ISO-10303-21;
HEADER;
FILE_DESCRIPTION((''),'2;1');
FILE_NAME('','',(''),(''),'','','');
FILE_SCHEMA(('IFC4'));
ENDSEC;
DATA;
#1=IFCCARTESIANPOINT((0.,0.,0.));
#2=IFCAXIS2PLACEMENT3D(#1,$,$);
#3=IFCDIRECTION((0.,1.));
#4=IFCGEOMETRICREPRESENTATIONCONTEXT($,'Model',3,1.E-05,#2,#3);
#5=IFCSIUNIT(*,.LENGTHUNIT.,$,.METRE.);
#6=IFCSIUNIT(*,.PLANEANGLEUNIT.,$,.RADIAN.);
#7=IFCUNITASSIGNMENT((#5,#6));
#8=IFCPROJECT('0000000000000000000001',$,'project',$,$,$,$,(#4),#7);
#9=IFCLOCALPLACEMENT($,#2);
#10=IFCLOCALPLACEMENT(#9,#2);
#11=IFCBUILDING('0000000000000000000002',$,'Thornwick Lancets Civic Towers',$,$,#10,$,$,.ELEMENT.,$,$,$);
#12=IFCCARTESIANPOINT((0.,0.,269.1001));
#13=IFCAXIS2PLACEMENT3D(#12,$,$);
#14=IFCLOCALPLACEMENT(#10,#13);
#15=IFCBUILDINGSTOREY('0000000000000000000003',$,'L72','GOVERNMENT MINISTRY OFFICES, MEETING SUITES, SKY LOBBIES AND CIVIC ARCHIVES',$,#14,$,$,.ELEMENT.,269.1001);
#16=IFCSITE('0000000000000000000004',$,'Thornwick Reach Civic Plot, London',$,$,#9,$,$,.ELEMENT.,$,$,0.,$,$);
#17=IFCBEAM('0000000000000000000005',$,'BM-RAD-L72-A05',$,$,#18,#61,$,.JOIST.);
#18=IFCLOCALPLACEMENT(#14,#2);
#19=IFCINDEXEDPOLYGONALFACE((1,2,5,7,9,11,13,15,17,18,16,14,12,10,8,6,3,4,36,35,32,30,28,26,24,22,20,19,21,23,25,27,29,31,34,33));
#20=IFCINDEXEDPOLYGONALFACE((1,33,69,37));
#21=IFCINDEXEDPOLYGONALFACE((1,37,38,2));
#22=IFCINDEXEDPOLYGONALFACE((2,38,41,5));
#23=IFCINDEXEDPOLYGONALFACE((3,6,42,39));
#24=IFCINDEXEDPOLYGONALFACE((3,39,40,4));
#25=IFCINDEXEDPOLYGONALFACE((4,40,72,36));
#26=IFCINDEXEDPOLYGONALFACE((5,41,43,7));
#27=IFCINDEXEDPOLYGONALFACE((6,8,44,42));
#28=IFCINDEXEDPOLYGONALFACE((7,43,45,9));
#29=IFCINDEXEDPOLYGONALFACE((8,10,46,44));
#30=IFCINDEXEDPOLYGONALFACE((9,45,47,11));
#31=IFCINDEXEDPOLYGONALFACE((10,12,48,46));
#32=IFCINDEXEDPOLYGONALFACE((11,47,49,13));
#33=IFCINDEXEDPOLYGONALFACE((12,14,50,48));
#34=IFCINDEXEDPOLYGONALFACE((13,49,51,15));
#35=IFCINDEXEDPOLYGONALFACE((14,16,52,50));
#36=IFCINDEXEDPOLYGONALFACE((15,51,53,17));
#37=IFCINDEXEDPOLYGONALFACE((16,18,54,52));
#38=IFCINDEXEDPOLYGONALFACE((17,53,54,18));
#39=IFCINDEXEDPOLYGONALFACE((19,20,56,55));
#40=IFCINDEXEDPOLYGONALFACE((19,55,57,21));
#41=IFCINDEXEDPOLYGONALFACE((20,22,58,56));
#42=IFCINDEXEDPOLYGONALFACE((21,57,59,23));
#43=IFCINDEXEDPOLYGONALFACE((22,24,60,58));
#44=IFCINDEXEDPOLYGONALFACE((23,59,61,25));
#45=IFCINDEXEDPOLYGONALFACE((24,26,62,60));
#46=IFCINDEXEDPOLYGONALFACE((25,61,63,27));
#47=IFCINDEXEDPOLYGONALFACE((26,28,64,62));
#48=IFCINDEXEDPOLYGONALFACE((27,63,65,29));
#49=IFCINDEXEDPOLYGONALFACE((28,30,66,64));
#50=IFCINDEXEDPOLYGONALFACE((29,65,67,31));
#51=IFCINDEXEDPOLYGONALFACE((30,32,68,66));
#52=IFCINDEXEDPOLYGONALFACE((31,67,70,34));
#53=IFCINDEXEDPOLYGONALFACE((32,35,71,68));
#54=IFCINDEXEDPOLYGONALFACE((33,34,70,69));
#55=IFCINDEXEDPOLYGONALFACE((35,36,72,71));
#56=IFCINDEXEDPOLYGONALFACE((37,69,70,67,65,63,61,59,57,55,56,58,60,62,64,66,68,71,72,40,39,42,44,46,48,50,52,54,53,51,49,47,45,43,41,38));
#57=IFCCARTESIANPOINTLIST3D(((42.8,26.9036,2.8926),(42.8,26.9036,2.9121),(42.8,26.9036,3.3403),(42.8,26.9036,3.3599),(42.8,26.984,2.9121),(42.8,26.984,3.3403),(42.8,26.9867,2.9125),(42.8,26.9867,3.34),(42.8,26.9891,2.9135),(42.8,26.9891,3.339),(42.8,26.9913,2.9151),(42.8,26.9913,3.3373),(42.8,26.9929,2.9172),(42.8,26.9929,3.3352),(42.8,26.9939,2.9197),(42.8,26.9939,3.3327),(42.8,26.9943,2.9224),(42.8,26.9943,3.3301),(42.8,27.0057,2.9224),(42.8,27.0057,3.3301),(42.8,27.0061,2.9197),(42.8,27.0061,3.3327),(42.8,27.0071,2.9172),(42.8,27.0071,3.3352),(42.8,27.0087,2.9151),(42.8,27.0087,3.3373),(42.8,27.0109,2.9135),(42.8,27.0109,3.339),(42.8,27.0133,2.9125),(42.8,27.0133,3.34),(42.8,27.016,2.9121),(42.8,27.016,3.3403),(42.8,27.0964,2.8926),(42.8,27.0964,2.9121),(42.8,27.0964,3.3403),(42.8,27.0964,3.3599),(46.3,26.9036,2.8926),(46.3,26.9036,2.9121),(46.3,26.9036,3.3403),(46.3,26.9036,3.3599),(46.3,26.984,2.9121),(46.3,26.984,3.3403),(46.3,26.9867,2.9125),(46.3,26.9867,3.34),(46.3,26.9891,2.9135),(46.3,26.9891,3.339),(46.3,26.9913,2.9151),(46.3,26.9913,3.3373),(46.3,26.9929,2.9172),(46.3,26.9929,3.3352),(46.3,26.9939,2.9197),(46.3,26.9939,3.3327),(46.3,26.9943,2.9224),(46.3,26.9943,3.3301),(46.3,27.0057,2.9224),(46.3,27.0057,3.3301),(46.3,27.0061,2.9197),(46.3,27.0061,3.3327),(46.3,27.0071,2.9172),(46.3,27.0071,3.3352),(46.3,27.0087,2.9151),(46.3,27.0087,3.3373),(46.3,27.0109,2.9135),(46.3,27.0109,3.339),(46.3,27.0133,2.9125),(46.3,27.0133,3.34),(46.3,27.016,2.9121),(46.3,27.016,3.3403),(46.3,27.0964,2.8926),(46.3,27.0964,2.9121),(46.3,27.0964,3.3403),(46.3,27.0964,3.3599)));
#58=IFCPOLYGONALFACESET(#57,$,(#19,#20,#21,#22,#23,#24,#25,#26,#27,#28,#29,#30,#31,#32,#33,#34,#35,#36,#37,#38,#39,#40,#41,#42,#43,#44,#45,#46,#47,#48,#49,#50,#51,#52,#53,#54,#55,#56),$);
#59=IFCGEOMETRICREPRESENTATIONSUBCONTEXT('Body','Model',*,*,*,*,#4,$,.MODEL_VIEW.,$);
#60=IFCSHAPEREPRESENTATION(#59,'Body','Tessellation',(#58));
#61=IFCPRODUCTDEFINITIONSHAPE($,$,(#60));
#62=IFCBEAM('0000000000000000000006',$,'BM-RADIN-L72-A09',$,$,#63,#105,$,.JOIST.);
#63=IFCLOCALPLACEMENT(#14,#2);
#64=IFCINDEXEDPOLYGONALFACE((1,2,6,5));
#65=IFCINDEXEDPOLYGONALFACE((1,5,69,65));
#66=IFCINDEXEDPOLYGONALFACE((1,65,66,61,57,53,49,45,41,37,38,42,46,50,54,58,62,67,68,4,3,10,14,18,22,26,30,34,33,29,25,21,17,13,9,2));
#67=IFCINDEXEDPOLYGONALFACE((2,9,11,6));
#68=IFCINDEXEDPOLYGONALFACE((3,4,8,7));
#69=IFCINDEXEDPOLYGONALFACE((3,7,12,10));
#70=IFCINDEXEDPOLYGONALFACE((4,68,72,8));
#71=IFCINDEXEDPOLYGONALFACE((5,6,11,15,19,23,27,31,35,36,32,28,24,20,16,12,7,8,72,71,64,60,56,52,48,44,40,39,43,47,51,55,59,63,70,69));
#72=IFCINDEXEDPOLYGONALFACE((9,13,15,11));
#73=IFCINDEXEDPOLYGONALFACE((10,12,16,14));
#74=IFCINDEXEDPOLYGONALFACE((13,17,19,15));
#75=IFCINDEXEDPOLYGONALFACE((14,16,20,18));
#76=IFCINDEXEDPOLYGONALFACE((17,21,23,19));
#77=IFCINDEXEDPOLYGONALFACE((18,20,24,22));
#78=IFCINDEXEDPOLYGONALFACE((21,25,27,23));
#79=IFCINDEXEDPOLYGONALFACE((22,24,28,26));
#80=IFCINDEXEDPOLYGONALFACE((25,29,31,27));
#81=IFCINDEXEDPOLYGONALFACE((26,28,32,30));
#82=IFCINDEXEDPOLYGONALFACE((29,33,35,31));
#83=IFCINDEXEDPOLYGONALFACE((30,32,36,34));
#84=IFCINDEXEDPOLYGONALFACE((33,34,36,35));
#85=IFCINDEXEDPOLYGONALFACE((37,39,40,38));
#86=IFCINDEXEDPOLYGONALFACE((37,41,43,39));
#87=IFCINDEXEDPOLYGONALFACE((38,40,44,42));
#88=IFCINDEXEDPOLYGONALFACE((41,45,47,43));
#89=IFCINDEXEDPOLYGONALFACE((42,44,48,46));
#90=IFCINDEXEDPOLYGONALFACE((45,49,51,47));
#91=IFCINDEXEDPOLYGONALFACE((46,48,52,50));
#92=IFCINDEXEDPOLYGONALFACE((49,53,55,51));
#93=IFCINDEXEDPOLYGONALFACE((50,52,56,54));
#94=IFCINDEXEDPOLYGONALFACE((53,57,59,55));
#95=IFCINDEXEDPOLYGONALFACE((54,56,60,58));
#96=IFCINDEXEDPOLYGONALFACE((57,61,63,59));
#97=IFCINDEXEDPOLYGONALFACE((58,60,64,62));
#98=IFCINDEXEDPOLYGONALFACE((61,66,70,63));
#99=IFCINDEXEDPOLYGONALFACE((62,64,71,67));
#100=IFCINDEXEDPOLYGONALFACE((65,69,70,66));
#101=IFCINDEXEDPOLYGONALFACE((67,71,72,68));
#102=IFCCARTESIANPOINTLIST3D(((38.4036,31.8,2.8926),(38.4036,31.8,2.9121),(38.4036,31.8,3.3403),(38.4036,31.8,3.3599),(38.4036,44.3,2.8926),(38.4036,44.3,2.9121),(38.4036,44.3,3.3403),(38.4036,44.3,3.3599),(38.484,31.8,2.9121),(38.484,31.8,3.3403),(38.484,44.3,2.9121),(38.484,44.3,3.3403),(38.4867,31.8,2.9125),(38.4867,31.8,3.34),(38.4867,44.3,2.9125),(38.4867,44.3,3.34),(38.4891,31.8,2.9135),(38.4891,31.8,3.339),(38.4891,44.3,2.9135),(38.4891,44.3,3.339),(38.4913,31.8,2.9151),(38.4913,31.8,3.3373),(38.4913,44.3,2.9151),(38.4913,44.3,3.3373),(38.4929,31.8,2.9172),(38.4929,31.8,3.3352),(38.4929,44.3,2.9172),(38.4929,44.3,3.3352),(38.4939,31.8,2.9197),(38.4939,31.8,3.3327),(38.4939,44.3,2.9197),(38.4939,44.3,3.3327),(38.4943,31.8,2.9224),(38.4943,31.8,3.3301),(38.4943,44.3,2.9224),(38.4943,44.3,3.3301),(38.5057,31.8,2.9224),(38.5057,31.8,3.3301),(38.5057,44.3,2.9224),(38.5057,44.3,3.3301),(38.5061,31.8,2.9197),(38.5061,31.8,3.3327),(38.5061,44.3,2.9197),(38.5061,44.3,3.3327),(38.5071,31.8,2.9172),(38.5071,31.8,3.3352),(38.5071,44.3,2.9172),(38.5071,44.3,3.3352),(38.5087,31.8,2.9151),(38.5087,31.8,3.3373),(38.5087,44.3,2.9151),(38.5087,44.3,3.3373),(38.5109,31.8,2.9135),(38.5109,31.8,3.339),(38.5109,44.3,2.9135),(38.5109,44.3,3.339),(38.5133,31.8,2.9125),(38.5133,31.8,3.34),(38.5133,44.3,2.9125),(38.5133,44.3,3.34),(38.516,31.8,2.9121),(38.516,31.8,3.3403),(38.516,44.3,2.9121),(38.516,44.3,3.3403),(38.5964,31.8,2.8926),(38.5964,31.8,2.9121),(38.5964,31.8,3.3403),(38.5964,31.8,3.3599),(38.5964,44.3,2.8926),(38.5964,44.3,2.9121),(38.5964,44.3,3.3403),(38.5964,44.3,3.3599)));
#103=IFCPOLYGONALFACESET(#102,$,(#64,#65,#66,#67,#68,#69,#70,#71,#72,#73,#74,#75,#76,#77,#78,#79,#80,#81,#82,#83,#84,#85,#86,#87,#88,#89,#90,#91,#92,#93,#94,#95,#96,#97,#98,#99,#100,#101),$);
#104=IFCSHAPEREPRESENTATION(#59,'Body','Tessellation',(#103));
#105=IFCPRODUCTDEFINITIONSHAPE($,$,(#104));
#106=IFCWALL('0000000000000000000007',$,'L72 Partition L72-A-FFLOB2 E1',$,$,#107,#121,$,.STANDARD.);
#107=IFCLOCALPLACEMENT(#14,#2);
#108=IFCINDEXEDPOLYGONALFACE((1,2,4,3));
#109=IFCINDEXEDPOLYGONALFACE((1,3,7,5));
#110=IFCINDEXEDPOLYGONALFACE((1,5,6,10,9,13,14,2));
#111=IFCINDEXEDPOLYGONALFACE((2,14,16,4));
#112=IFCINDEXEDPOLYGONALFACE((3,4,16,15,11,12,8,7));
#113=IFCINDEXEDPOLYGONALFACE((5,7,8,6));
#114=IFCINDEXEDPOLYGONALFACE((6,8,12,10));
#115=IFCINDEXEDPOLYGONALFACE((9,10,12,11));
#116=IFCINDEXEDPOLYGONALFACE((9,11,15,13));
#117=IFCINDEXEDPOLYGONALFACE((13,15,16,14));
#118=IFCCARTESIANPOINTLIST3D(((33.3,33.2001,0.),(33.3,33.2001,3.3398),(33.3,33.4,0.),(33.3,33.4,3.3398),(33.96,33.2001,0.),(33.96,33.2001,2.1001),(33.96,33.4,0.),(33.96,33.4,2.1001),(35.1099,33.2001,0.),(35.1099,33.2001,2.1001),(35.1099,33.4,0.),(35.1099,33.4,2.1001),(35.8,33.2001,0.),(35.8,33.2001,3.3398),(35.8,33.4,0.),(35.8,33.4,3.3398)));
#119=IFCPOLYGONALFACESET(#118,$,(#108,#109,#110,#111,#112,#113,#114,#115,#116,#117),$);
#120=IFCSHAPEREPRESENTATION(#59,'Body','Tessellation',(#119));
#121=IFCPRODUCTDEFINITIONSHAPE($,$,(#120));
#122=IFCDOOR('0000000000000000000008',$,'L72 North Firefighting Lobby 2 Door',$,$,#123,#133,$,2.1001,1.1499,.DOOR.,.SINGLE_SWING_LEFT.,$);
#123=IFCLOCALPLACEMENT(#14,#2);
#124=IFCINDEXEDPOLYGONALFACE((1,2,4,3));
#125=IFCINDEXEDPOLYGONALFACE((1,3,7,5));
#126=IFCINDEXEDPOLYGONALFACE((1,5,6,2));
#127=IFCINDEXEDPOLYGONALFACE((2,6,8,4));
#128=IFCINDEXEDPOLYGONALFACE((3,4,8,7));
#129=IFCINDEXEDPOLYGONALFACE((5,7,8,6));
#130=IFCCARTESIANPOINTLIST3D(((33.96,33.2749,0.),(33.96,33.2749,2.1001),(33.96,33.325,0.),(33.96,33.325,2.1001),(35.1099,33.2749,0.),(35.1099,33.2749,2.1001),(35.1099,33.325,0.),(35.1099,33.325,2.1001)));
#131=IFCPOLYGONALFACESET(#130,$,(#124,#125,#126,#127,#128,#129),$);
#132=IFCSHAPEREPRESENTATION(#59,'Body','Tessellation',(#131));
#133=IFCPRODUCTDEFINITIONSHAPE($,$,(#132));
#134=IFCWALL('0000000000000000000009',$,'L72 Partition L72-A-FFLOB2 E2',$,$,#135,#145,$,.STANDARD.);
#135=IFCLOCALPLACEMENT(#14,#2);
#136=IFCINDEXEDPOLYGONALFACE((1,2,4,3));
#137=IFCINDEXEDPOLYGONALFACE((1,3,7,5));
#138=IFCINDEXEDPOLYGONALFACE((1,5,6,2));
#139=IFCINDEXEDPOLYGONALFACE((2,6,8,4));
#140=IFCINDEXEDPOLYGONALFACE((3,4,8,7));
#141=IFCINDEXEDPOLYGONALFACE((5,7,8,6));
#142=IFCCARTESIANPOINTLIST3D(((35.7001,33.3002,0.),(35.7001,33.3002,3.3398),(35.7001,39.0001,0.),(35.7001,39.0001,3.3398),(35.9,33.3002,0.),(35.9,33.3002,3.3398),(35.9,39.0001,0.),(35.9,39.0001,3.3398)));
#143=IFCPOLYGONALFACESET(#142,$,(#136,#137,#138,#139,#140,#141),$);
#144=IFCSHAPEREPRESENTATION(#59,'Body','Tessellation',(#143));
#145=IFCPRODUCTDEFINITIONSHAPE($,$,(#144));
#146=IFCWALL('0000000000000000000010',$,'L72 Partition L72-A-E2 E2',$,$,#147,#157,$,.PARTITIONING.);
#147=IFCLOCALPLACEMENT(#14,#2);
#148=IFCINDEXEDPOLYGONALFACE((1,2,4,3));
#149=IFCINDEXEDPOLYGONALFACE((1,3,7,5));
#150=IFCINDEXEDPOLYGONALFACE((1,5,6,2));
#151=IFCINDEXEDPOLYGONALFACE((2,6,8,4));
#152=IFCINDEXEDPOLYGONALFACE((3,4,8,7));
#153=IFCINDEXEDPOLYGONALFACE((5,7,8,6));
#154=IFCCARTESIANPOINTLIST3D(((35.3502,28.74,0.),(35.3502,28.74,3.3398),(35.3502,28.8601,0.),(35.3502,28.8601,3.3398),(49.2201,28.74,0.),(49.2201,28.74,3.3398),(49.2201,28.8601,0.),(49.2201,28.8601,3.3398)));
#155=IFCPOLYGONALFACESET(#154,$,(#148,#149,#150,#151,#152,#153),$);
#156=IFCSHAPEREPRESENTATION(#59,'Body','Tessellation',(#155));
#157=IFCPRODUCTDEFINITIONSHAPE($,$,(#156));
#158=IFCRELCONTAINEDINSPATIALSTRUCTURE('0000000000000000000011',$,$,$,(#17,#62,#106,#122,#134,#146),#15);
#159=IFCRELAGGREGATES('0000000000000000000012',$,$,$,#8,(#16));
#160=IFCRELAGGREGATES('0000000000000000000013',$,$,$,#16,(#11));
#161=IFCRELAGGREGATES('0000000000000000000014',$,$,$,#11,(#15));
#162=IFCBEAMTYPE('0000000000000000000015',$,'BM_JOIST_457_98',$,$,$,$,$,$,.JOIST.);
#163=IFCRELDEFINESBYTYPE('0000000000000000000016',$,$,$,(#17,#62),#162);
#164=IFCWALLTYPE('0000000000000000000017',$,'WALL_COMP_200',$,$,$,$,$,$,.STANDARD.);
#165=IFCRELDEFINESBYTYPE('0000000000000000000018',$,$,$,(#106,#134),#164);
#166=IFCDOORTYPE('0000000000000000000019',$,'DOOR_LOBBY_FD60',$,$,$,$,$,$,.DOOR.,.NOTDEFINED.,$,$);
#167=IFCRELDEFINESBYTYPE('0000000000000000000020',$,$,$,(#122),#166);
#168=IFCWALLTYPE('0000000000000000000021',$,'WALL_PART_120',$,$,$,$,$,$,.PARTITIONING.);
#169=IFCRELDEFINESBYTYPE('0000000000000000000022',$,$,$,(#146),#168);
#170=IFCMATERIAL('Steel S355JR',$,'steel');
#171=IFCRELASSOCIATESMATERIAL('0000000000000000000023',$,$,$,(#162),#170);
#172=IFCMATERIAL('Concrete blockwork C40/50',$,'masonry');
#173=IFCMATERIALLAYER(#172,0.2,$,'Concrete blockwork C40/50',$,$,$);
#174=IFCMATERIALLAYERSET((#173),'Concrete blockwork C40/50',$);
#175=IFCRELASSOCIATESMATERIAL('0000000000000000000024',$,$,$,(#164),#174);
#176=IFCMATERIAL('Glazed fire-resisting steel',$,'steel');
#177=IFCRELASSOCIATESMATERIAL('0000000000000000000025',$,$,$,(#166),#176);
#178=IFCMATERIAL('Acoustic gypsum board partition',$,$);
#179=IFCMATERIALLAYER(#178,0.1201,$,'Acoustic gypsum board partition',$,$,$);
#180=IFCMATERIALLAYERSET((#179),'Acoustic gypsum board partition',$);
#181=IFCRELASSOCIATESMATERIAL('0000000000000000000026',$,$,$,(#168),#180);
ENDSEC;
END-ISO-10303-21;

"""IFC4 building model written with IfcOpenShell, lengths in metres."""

from ifc_helpers import new_model, si_unit, direction, frame, frame_2d, origin, origin_2d, place, context, subcontext, project, spatial, rectangle, i_section, extrude, material, layer, layer_set, material_profile, profile_set, type_object, element, fill, save


model = new_model("IFC4")

# Units and contexts
model_context = context("Model", 3, precision=1e-05, world=origin(), true_north=direction((0.0, 1.0)))
body_context = subcontext(model_context, "Body", "Model", "MODEL_VIEW")
ifc_project = project(units=[si_unit("LENGTHUNIT", "METRE"), si_unit("PLANEANGLEUNIT", "RADIAN")], contexts=[model_context])

# Site, building, storey
site_placement = place(None, origin())
site = spatial("IfcSite", under=ifc_project, at=site_placement, Name="Thornwick Reach Civic Plot, London", CompositionType="ELEMENT", RefElevation=0.0)
building_placement = place(site_placement, origin())
building = spatial("IfcBuilding", under=site, at=building_placement, Name="Thornwick Lancets Civic Towers", CompositionType="ELEMENT")
storey_placement = place(building_placement, frame((0.0, 0.0, 269.1001)))
storey = spatial("IfcBuildingStorey", under=building, at=storey_placement, Name="L72", Description="GOVERNMENT MINISTRY OFFICES, MEETING SUITES, SKY LOBBIES AND CIVIC ARCHIVES", CompositionType="ELEMENT", Elevation=269.1001)

# Shared definitions
ifc_material_1 = material(Name="Steel S355JR", Category="steel")

# Beams
ifc_material_profile_1 = material_profile(ifc_material_1, i_section(OverallWidth=0.1929, OverallDepth=0.4673, WebThickness=0.0115, FlangeThickness=0.0195, FilletRadius=0.0103, at=origin_2d()), Name="UKB 457x191x98")
ifc_profile_set_1 = profile_set([ifc_material_profile_1], Name="Steel S355JR")
beam_type_1 = type_object("IfcBeamType", Name="BM_JOIST_457_98", PredefinedType="JOIST", material=ifc_profile_set_1)
beam_1_placement = place(storey_placement, frame((42.8, 27.0, 3.1262), z_axis=(1.0, 0.0, 0.0), x_axis=(0.0, 1.0, 0.0)))
element("IfcBeam", 1, at=beam_1_placement, inside=storey, type_object=beam_type_1, Name="BM-RAD-L72-A05", PredefinedType="JOIST", context=body_context, shape_type="SweptSolid", body=[
    extrude(i_section(OverallWidth=0.1929, OverallDepth=0.4673, WebThickness=0.0115, FlangeThickness=0.0195, FilletRadius=0.0103, at=origin_2d()), origin(), (0.0, 0.0, 1.0), 3.5),
])
beam_2_placement = place(storey_placement, frame((38.5, 31.8, 3.1262), z_axis=(0.0, 1.0, 0.0), x_axis=(-1.0, 0.0, 0.0)))
element("IfcBeam", 2, at=beam_2_placement, inside=storey, type_object=beam_type_1, Name="BM-RADIN-L72-A09", PredefinedType="JOIST", context=body_context, shape_type="SweptSolid", body=[
    extrude(i_section(OverallWidth=0.1929, OverallDepth=0.4673, WebThickness=0.0115, FlangeThickness=0.0195, FilletRadius=0.0103, at=origin_2d()), origin(), (0.0, 0.0, 1.0), 12.5),
])

# Wall, opening, door
ifc_material_2 = material(Name="Concrete blockwork C40/50", Category="masonry")
ifc_layer_1 = layer(ifc_material_2, 0.2, Name="Concrete blockwork C40/50")
ifc_layer_set_1 = layer_set([ifc_layer_1], Name="Concrete blockwork C40/50")
wall_type_1 = type_object("IfcWallType", Name="WALL_COMP_200", PredefinedType="STANDARD", material=ifc_layer_set_1)
wall_1_placement = place(storey_placement, frame((33.3, 33.3, 0.0), z_axis=(0.0, 0.0, 1.0), x_axis=(1.0, 0.0, 0.0)))
wall_1 = element("IfcWall", 3, at=wall_1_placement, inside=storey, type_object=wall_type_1, Name="L72 Partition L72-A-FFLOB2 E1", PredefinedType="STANDARD", context=body_context, shape_type="SweptSolid", body=[
    extrude(rectangle(XDim=2.5, YDim=0.2, at=frame_2d((1.25, 0.0))), origin(), (0.0, 0.0, 1.0), 3.3398),
])
opening_1_placement = place(wall_1_placement, frame((0.6599, 0.0, 0.0)))
opening_1 = element("IfcOpeningElement", 4, at=opening_1_placement, cuts=wall_1, PredefinedType="OPENING", context=body_context, shape_type="SweptSolid", body=[
    extrude(rectangle(XDim=1.1499, YDim=2.1001, at=frame_2d((0.575, 1.05))), frame((0.0, 0.1099, 0.0), z_axis=(0.0, -1.0, 0.0), x_axis=(1.0, 0.0, 0.0)), (0.0, 0.0, 1.0), 0.22),
])
ifc_material_3 = material(Name="Glazed fire-resisting steel", Category="steel")
door_type_1 = type_object("IfcDoorType", Name="DOOR_LOBBY_FD60", OperationType="NOTDEFINED", PredefinedType="DOOR", material=ifc_material_3)
door_1_placement = place(opening_1_placement, origin())
door_1 = element("IfcDoor", 5, at=door_1_placement, inside=storey, type_object=door_type_1, Name="L72 North Firefighting Lobby 2 Door", OperationType="SINGLE_SWING_LEFT", OverallHeight=2.1001, OverallWidth=1.1499, PredefinedType="DOOR", context=body_context, shape_type="SweptSolid", body=[
    extrude(rectangle(XDim=1.1499, YDim=2.1001, at=frame_2d((0.575, 1.05))), frame((0.0, 0.0249, 0.0), z_axis=(0.0, -1.0, 0.0), x_axis=(1.0, 0.0, 0.0)), (0.0, 0.0, 1.0), 0.05),
])
fill(opening_1, door_1)

# Walls
wall_2_placement = place(storey_placement, frame((35.8, 33.3, 0.0), z_axis=(0.0, 0.0, 1.0), x_axis=(0.0, 1.0, 0.0)))
element("IfcWall", 6, at=wall_2_placement, inside=storey, type_object=wall_type_1, Name="L72 Partition L72-A-FFLOB2 E2", PredefinedType="STANDARD", context=body_context, shape_type="SweptSolid", body=[
    extrude(rectangle(XDim=5.7, YDim=0.2, at=frame_2d((2.8501, 0.0))), origin(), (0.0, 0.0, 1.0), 3.3398),
])
ifc_material_4 = material(Name="Acoustic gypsum board partition")
ifc_layer_2 = layer(ifc_material_4, 0.1201, Name="Acoustic gypsum board partition")
ifc_layer_set_2 = layer_set([ifc_layer_2], Name="Acoustic gypsum board partition")
wall_type_2 = type_object("IfcWallType", Name="WALL_PART_120", PredefinedType="PARTITIONING", material=ifc_layer_set_2)
wall_3_placement = place(storey_placement, frame((35.3501, 28.8, 0.0), z_axis=(0.0, 0.0, 1.0), x_axis=(1.0, 0.0, 0.0)))
element("IfcWall", 7, at=wall_3_placement, inside=storey, type_object=wall_type_2, Name="L72 Partition L72-A-E2 E2", PredefinedType="PARTITIONING", context=body_context, shape_type="SweptSolid", body=[
    extrude(rectangle(XDim=13.8699, YDim=0.1201, at=frame_2d((6.9351, 0.0))), origin(), (0.0, 0.0, 1.0), 3.3398),
])

save(model, "model.ifc")
